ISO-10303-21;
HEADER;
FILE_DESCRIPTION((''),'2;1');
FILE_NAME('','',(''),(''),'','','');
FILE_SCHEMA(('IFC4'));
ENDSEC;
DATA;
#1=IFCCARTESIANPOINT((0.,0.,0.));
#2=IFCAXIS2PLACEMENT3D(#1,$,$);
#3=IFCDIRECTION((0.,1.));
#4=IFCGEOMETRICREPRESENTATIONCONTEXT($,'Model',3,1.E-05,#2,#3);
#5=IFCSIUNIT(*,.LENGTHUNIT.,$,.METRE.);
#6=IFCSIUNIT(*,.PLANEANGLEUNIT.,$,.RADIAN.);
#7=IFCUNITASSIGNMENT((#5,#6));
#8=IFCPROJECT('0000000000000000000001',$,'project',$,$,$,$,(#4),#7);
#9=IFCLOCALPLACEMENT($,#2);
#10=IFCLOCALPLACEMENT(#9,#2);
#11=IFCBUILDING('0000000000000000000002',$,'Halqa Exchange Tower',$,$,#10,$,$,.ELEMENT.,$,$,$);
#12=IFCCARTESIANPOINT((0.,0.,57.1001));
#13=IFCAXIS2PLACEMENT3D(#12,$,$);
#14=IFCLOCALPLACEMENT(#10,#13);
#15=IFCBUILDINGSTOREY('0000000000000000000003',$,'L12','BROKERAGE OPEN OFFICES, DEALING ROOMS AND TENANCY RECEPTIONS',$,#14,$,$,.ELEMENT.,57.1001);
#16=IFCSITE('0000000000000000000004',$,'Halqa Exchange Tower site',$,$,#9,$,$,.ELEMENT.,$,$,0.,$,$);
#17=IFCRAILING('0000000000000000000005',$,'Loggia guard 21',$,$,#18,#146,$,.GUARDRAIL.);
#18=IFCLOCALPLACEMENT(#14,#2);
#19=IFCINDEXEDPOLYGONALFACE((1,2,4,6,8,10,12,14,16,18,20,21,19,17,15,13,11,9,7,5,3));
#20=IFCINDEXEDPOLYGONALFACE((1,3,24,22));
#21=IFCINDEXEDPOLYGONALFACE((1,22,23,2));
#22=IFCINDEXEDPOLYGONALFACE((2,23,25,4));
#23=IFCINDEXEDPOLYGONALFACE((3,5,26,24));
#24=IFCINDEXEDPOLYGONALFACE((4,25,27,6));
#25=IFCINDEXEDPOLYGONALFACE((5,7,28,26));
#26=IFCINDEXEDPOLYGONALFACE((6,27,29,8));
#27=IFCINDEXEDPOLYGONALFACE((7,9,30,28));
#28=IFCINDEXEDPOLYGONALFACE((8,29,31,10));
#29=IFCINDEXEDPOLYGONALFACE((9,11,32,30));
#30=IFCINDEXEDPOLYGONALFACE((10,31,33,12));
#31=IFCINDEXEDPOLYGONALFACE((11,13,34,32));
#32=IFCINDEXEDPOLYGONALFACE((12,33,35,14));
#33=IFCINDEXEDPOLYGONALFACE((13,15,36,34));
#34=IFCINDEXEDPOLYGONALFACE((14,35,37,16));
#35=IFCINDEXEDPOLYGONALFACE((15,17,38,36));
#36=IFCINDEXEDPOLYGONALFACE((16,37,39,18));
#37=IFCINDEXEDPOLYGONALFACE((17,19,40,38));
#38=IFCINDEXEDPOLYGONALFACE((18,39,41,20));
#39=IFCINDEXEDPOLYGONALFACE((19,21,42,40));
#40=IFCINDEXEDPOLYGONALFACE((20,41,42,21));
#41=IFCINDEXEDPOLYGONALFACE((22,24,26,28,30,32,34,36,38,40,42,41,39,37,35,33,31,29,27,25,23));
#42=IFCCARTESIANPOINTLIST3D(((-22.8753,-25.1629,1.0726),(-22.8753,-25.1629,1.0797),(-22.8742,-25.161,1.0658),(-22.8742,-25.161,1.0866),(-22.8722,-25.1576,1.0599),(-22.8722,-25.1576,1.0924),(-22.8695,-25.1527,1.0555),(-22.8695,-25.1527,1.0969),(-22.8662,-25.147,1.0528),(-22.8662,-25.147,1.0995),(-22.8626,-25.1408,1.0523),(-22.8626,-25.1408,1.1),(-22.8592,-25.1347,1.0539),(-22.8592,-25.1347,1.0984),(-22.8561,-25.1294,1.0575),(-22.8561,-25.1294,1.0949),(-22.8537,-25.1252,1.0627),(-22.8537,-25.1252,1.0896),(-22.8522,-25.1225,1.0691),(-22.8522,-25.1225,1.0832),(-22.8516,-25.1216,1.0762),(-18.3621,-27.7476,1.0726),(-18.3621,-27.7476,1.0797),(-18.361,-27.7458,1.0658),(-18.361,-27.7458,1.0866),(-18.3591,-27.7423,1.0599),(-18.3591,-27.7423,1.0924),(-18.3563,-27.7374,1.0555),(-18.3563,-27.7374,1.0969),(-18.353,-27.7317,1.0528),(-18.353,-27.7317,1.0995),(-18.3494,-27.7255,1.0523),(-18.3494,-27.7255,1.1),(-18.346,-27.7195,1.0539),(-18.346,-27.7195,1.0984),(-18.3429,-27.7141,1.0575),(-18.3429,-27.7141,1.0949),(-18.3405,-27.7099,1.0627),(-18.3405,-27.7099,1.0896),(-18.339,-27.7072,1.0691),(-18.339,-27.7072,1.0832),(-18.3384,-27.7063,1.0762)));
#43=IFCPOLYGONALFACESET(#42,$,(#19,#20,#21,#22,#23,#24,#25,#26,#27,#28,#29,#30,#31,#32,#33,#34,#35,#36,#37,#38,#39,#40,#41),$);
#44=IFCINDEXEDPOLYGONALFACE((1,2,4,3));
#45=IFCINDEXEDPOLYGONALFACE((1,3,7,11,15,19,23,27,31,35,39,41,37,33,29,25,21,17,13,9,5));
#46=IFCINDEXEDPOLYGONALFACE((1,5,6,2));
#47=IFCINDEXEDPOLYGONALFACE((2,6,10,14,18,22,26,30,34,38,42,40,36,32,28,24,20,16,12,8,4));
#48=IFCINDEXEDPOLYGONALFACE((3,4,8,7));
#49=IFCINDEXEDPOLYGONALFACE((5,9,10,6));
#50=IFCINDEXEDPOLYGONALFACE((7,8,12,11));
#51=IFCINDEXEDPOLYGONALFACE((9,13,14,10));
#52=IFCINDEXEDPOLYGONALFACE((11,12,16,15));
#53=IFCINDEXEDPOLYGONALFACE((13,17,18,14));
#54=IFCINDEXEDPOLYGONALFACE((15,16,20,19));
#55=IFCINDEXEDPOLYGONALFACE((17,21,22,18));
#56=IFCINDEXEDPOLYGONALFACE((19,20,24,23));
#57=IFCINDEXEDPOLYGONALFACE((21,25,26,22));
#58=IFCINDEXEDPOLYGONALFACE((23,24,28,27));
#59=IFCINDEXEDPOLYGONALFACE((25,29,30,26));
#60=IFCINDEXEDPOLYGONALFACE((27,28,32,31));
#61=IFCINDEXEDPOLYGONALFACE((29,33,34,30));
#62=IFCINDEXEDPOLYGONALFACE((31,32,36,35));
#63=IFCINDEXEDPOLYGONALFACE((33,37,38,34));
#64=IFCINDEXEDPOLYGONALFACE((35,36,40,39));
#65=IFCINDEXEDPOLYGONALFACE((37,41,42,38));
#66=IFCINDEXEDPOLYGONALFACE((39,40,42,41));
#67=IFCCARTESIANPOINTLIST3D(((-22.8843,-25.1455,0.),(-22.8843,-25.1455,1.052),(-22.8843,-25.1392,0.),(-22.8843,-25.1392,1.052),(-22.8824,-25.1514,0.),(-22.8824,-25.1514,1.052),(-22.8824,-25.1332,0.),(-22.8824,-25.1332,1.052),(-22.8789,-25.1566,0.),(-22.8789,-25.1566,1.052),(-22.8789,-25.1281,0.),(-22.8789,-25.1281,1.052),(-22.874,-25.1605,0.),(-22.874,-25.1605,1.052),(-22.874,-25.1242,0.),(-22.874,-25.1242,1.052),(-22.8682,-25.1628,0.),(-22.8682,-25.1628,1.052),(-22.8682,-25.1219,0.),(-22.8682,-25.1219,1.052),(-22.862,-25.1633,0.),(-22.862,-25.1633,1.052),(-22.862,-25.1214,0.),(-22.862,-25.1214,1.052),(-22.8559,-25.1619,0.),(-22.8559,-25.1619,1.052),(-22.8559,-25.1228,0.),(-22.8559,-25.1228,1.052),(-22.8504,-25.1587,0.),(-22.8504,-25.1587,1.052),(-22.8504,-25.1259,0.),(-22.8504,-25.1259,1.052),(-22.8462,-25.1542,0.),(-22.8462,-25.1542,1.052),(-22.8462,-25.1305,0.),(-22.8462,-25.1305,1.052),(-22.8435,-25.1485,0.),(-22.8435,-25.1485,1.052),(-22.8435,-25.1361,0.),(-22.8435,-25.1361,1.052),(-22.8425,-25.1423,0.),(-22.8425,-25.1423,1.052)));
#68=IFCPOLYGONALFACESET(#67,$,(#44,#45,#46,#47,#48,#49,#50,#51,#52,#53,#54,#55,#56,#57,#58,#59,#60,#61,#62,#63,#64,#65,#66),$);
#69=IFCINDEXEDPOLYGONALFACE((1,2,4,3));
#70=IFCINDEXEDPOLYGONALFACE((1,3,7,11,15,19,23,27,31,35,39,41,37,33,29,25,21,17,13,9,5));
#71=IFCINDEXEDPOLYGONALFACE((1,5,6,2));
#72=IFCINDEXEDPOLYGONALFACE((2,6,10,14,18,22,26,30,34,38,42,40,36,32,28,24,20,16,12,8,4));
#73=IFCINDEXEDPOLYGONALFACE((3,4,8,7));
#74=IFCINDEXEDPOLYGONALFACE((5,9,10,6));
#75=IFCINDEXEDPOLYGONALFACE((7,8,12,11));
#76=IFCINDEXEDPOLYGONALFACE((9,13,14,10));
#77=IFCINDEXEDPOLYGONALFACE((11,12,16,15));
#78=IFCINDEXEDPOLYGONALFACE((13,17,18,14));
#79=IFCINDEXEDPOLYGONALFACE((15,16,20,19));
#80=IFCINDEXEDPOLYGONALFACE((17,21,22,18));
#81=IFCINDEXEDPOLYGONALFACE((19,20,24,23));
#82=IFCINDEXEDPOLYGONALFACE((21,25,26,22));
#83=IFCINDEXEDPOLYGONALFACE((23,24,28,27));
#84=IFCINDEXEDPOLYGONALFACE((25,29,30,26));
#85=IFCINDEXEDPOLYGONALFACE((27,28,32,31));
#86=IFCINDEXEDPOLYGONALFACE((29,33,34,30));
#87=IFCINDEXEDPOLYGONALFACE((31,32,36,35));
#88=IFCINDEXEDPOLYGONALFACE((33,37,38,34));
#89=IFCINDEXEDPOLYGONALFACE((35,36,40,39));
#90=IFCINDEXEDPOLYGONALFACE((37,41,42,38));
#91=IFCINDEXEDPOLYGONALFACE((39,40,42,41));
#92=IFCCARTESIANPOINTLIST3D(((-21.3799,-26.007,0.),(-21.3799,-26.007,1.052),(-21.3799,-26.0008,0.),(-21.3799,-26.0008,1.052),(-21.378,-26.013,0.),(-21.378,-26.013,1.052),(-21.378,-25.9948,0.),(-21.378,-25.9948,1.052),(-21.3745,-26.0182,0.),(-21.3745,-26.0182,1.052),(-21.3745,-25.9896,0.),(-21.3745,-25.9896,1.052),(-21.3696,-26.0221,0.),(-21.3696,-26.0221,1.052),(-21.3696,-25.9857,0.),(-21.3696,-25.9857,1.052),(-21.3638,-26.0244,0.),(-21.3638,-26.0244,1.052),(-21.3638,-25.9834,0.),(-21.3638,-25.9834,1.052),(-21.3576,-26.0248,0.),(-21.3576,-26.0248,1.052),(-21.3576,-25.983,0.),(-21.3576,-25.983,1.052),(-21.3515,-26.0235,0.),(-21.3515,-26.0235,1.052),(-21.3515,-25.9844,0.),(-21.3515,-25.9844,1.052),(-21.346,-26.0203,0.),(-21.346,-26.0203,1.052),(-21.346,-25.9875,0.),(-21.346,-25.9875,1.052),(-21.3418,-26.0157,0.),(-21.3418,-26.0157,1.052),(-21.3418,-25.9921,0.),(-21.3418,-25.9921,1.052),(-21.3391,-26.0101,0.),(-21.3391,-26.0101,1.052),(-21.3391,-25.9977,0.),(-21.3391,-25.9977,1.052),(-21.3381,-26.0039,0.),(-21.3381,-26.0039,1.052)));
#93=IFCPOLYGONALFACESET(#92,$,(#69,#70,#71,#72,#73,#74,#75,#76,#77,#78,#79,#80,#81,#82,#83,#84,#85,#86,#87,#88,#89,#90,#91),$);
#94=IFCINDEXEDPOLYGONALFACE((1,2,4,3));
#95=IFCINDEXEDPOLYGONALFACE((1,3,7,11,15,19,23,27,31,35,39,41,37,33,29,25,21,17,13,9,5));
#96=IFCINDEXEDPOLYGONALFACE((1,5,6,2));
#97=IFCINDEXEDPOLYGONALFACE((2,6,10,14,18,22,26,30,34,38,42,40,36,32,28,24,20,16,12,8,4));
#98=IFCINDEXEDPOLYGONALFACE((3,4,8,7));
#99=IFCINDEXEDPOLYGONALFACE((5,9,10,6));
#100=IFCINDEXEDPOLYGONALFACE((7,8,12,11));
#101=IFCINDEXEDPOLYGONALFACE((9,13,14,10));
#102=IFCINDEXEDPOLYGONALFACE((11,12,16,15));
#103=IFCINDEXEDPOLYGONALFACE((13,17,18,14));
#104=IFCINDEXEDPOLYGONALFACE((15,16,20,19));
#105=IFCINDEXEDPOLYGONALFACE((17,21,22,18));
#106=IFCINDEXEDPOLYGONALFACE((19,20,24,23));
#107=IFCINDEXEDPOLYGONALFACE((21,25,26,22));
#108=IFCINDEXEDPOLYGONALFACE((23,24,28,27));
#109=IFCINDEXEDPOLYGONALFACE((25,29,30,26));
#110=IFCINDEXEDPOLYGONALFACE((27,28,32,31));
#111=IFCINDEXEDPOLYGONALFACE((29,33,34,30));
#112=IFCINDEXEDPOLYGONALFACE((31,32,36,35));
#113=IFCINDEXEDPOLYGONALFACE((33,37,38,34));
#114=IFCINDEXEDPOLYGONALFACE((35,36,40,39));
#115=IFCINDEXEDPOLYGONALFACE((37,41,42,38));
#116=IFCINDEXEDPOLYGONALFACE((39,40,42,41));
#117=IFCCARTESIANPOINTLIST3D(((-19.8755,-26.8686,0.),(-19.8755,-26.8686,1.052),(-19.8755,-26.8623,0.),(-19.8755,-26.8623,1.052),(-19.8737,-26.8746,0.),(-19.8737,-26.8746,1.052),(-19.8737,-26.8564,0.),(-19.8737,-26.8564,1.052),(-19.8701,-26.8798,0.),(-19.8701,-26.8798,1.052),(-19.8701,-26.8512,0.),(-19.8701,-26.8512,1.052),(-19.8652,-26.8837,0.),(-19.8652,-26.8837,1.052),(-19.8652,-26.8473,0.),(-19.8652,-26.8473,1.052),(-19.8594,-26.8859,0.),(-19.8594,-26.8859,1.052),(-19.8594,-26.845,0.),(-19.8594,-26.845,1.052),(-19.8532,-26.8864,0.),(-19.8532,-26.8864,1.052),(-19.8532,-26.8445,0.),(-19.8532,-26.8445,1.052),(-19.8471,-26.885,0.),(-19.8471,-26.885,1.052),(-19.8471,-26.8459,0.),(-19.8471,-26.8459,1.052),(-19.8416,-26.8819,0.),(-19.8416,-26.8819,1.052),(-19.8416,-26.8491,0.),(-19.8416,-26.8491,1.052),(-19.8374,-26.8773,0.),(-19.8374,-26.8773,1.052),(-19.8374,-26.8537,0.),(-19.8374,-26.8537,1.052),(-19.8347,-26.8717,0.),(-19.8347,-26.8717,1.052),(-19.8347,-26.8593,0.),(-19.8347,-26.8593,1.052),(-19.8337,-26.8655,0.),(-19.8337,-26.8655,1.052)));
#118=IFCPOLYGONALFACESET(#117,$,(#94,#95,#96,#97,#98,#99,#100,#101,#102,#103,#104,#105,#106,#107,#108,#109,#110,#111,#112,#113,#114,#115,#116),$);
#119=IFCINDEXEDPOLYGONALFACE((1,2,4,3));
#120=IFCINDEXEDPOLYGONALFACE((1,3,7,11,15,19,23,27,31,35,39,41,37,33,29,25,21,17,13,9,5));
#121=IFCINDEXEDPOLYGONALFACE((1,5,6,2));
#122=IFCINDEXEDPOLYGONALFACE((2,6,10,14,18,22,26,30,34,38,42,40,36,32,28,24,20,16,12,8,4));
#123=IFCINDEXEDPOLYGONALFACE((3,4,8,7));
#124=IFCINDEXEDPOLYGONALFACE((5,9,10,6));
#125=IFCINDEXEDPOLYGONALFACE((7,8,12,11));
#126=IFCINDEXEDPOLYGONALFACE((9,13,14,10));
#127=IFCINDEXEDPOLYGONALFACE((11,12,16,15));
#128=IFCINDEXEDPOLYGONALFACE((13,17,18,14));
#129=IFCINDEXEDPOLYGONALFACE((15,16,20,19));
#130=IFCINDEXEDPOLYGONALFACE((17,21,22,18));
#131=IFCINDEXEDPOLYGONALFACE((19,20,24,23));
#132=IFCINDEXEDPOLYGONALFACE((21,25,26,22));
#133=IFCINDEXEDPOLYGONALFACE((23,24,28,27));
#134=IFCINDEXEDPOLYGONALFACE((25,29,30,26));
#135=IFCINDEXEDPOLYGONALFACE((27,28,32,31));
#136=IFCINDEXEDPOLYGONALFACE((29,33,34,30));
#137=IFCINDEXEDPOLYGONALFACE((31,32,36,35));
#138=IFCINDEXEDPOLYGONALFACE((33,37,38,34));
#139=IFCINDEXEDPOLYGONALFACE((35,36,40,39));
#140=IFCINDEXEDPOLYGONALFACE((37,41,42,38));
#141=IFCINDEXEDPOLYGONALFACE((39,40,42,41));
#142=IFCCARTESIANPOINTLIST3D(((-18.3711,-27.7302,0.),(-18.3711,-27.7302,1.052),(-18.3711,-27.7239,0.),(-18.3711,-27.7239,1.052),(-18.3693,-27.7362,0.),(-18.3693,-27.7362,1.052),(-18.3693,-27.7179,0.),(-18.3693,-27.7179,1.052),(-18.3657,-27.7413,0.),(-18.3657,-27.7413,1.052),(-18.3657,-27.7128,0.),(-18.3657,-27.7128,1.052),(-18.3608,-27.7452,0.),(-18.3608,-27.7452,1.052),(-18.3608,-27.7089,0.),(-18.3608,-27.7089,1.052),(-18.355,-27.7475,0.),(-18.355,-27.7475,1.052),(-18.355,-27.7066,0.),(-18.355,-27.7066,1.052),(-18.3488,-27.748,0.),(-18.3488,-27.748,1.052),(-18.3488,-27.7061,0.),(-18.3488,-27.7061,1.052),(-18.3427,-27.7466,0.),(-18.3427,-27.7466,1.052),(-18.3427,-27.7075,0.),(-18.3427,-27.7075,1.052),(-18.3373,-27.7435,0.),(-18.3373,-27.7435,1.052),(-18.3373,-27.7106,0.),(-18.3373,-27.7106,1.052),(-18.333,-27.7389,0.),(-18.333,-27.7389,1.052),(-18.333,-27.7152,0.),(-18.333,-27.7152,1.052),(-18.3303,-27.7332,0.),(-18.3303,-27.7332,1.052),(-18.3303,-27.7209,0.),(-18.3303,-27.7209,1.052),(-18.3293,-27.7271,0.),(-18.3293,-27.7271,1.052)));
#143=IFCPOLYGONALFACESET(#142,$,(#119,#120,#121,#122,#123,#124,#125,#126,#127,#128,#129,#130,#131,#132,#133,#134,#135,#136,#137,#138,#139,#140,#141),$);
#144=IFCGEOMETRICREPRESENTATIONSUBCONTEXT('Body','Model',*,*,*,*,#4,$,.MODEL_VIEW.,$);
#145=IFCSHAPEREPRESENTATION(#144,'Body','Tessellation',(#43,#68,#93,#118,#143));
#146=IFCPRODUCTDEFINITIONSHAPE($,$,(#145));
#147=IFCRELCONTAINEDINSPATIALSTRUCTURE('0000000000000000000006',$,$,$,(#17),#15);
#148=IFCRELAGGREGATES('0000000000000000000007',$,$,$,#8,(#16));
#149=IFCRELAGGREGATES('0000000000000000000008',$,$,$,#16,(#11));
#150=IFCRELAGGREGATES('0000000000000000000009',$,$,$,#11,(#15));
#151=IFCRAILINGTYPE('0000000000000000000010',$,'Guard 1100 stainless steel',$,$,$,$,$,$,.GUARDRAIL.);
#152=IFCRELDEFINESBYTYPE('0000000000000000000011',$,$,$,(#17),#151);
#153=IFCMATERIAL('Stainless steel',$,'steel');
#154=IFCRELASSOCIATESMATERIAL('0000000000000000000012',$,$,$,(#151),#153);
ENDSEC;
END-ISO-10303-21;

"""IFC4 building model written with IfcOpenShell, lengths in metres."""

from ifc_helpers import new_model, si_unit, direction, frame, origin, origin_2d, place, context, subcontext, project, spatial, circle, extrude, material, type_object, element, save


model = new_model("IFC4")

# Units and contexts
model_context = context("Model", 3, precision=1e-05, world=origin(), true_north=direction((0.0, 1.0)))
body_context = subcontext(model_context, "Body", "Model", "MODEL_VIEW")
ifc_project = project(units=[si_unit("LENGTHUNIT", "METRE"), si_unit("PLANEANGLEUNIT", "RADIAN")], contexts=[model_context])

# Site, building, storey
site_placement = place(None, origin())
site = spatial("IfcSite", under=ifc_project, at=site_placement, Name="Halqa Exchange Tower site", CompositionType="ELEMENT", RefElevation=0.0)
building_placement = place(site_placement, origin())
building = spatial("IfcBuilding", under=site, at=building_placement, Name="Halqa Exchange Tower", CompositionType="ELEMENT")
storey_placement = place(building_placement, frame((0.0, 0.0, 57.1001)))
storey = spatial("IfcBuildingStorey", under=building, at=storey_placement, Name="L12", Description="BROKERAGE OPEN OFFICES, DEALING ROOMS AND TENANCY RECEPTIONS", CompositionType="ELEMENT", Elevation=57.1001)

# Railing
ifc_material_1 = material(Name="Stainless steel", Category="steel")
railing_type = type_object("IfcRailingType", Name="Guard 1100 stainless steel", PredefinedType="GUARDRAIL", material=ifc_material_1)
railing_1_placement = place(storey_placement, frame((-22.8635, -25.1423, 0.0)))
element("IfcRailing", 1, at=railing_1_placement, inside=storey, type_object=railing_type, Name="Loggia guard 21", PredefinedType="GUARDRAIL", context=body_context, shape_type="SweptSolid", body=[
    extrude(circle(Radius=0.0239, at=origin_2d()), frame((0.0, 0.0, 1.0762), z_axis=(0.867766, -0.496973, 0.0), x_axis=(0.496973, 0.867766, 0.0)), (0.0, 0.0, 1.0), 5.2009),
    extrude(circle(Radius=0.021, at=origin_2d()), origin(), (0.0, 0.0, 1.0), 1.052),
    extrude(circle(Radius=0.021, at=origin_2d()), frame((1.5044, -0.8616, 0.0)), (0.0, 0.0, 1.0), 1.052),
    extrude(circle(Radius=0.021, at=origin_2d()), frame((3.0088, -1.7231, 0.0)), (0.0, 0.0, 1.0), 1.052),
    extrude(circle(Radius=0.021, at=origin_2d()), frame((4.5132, -2.5847, 0.0)), (0.0, 0.0, 1.0), 1.052),
])

save(model, "model.ifc")
